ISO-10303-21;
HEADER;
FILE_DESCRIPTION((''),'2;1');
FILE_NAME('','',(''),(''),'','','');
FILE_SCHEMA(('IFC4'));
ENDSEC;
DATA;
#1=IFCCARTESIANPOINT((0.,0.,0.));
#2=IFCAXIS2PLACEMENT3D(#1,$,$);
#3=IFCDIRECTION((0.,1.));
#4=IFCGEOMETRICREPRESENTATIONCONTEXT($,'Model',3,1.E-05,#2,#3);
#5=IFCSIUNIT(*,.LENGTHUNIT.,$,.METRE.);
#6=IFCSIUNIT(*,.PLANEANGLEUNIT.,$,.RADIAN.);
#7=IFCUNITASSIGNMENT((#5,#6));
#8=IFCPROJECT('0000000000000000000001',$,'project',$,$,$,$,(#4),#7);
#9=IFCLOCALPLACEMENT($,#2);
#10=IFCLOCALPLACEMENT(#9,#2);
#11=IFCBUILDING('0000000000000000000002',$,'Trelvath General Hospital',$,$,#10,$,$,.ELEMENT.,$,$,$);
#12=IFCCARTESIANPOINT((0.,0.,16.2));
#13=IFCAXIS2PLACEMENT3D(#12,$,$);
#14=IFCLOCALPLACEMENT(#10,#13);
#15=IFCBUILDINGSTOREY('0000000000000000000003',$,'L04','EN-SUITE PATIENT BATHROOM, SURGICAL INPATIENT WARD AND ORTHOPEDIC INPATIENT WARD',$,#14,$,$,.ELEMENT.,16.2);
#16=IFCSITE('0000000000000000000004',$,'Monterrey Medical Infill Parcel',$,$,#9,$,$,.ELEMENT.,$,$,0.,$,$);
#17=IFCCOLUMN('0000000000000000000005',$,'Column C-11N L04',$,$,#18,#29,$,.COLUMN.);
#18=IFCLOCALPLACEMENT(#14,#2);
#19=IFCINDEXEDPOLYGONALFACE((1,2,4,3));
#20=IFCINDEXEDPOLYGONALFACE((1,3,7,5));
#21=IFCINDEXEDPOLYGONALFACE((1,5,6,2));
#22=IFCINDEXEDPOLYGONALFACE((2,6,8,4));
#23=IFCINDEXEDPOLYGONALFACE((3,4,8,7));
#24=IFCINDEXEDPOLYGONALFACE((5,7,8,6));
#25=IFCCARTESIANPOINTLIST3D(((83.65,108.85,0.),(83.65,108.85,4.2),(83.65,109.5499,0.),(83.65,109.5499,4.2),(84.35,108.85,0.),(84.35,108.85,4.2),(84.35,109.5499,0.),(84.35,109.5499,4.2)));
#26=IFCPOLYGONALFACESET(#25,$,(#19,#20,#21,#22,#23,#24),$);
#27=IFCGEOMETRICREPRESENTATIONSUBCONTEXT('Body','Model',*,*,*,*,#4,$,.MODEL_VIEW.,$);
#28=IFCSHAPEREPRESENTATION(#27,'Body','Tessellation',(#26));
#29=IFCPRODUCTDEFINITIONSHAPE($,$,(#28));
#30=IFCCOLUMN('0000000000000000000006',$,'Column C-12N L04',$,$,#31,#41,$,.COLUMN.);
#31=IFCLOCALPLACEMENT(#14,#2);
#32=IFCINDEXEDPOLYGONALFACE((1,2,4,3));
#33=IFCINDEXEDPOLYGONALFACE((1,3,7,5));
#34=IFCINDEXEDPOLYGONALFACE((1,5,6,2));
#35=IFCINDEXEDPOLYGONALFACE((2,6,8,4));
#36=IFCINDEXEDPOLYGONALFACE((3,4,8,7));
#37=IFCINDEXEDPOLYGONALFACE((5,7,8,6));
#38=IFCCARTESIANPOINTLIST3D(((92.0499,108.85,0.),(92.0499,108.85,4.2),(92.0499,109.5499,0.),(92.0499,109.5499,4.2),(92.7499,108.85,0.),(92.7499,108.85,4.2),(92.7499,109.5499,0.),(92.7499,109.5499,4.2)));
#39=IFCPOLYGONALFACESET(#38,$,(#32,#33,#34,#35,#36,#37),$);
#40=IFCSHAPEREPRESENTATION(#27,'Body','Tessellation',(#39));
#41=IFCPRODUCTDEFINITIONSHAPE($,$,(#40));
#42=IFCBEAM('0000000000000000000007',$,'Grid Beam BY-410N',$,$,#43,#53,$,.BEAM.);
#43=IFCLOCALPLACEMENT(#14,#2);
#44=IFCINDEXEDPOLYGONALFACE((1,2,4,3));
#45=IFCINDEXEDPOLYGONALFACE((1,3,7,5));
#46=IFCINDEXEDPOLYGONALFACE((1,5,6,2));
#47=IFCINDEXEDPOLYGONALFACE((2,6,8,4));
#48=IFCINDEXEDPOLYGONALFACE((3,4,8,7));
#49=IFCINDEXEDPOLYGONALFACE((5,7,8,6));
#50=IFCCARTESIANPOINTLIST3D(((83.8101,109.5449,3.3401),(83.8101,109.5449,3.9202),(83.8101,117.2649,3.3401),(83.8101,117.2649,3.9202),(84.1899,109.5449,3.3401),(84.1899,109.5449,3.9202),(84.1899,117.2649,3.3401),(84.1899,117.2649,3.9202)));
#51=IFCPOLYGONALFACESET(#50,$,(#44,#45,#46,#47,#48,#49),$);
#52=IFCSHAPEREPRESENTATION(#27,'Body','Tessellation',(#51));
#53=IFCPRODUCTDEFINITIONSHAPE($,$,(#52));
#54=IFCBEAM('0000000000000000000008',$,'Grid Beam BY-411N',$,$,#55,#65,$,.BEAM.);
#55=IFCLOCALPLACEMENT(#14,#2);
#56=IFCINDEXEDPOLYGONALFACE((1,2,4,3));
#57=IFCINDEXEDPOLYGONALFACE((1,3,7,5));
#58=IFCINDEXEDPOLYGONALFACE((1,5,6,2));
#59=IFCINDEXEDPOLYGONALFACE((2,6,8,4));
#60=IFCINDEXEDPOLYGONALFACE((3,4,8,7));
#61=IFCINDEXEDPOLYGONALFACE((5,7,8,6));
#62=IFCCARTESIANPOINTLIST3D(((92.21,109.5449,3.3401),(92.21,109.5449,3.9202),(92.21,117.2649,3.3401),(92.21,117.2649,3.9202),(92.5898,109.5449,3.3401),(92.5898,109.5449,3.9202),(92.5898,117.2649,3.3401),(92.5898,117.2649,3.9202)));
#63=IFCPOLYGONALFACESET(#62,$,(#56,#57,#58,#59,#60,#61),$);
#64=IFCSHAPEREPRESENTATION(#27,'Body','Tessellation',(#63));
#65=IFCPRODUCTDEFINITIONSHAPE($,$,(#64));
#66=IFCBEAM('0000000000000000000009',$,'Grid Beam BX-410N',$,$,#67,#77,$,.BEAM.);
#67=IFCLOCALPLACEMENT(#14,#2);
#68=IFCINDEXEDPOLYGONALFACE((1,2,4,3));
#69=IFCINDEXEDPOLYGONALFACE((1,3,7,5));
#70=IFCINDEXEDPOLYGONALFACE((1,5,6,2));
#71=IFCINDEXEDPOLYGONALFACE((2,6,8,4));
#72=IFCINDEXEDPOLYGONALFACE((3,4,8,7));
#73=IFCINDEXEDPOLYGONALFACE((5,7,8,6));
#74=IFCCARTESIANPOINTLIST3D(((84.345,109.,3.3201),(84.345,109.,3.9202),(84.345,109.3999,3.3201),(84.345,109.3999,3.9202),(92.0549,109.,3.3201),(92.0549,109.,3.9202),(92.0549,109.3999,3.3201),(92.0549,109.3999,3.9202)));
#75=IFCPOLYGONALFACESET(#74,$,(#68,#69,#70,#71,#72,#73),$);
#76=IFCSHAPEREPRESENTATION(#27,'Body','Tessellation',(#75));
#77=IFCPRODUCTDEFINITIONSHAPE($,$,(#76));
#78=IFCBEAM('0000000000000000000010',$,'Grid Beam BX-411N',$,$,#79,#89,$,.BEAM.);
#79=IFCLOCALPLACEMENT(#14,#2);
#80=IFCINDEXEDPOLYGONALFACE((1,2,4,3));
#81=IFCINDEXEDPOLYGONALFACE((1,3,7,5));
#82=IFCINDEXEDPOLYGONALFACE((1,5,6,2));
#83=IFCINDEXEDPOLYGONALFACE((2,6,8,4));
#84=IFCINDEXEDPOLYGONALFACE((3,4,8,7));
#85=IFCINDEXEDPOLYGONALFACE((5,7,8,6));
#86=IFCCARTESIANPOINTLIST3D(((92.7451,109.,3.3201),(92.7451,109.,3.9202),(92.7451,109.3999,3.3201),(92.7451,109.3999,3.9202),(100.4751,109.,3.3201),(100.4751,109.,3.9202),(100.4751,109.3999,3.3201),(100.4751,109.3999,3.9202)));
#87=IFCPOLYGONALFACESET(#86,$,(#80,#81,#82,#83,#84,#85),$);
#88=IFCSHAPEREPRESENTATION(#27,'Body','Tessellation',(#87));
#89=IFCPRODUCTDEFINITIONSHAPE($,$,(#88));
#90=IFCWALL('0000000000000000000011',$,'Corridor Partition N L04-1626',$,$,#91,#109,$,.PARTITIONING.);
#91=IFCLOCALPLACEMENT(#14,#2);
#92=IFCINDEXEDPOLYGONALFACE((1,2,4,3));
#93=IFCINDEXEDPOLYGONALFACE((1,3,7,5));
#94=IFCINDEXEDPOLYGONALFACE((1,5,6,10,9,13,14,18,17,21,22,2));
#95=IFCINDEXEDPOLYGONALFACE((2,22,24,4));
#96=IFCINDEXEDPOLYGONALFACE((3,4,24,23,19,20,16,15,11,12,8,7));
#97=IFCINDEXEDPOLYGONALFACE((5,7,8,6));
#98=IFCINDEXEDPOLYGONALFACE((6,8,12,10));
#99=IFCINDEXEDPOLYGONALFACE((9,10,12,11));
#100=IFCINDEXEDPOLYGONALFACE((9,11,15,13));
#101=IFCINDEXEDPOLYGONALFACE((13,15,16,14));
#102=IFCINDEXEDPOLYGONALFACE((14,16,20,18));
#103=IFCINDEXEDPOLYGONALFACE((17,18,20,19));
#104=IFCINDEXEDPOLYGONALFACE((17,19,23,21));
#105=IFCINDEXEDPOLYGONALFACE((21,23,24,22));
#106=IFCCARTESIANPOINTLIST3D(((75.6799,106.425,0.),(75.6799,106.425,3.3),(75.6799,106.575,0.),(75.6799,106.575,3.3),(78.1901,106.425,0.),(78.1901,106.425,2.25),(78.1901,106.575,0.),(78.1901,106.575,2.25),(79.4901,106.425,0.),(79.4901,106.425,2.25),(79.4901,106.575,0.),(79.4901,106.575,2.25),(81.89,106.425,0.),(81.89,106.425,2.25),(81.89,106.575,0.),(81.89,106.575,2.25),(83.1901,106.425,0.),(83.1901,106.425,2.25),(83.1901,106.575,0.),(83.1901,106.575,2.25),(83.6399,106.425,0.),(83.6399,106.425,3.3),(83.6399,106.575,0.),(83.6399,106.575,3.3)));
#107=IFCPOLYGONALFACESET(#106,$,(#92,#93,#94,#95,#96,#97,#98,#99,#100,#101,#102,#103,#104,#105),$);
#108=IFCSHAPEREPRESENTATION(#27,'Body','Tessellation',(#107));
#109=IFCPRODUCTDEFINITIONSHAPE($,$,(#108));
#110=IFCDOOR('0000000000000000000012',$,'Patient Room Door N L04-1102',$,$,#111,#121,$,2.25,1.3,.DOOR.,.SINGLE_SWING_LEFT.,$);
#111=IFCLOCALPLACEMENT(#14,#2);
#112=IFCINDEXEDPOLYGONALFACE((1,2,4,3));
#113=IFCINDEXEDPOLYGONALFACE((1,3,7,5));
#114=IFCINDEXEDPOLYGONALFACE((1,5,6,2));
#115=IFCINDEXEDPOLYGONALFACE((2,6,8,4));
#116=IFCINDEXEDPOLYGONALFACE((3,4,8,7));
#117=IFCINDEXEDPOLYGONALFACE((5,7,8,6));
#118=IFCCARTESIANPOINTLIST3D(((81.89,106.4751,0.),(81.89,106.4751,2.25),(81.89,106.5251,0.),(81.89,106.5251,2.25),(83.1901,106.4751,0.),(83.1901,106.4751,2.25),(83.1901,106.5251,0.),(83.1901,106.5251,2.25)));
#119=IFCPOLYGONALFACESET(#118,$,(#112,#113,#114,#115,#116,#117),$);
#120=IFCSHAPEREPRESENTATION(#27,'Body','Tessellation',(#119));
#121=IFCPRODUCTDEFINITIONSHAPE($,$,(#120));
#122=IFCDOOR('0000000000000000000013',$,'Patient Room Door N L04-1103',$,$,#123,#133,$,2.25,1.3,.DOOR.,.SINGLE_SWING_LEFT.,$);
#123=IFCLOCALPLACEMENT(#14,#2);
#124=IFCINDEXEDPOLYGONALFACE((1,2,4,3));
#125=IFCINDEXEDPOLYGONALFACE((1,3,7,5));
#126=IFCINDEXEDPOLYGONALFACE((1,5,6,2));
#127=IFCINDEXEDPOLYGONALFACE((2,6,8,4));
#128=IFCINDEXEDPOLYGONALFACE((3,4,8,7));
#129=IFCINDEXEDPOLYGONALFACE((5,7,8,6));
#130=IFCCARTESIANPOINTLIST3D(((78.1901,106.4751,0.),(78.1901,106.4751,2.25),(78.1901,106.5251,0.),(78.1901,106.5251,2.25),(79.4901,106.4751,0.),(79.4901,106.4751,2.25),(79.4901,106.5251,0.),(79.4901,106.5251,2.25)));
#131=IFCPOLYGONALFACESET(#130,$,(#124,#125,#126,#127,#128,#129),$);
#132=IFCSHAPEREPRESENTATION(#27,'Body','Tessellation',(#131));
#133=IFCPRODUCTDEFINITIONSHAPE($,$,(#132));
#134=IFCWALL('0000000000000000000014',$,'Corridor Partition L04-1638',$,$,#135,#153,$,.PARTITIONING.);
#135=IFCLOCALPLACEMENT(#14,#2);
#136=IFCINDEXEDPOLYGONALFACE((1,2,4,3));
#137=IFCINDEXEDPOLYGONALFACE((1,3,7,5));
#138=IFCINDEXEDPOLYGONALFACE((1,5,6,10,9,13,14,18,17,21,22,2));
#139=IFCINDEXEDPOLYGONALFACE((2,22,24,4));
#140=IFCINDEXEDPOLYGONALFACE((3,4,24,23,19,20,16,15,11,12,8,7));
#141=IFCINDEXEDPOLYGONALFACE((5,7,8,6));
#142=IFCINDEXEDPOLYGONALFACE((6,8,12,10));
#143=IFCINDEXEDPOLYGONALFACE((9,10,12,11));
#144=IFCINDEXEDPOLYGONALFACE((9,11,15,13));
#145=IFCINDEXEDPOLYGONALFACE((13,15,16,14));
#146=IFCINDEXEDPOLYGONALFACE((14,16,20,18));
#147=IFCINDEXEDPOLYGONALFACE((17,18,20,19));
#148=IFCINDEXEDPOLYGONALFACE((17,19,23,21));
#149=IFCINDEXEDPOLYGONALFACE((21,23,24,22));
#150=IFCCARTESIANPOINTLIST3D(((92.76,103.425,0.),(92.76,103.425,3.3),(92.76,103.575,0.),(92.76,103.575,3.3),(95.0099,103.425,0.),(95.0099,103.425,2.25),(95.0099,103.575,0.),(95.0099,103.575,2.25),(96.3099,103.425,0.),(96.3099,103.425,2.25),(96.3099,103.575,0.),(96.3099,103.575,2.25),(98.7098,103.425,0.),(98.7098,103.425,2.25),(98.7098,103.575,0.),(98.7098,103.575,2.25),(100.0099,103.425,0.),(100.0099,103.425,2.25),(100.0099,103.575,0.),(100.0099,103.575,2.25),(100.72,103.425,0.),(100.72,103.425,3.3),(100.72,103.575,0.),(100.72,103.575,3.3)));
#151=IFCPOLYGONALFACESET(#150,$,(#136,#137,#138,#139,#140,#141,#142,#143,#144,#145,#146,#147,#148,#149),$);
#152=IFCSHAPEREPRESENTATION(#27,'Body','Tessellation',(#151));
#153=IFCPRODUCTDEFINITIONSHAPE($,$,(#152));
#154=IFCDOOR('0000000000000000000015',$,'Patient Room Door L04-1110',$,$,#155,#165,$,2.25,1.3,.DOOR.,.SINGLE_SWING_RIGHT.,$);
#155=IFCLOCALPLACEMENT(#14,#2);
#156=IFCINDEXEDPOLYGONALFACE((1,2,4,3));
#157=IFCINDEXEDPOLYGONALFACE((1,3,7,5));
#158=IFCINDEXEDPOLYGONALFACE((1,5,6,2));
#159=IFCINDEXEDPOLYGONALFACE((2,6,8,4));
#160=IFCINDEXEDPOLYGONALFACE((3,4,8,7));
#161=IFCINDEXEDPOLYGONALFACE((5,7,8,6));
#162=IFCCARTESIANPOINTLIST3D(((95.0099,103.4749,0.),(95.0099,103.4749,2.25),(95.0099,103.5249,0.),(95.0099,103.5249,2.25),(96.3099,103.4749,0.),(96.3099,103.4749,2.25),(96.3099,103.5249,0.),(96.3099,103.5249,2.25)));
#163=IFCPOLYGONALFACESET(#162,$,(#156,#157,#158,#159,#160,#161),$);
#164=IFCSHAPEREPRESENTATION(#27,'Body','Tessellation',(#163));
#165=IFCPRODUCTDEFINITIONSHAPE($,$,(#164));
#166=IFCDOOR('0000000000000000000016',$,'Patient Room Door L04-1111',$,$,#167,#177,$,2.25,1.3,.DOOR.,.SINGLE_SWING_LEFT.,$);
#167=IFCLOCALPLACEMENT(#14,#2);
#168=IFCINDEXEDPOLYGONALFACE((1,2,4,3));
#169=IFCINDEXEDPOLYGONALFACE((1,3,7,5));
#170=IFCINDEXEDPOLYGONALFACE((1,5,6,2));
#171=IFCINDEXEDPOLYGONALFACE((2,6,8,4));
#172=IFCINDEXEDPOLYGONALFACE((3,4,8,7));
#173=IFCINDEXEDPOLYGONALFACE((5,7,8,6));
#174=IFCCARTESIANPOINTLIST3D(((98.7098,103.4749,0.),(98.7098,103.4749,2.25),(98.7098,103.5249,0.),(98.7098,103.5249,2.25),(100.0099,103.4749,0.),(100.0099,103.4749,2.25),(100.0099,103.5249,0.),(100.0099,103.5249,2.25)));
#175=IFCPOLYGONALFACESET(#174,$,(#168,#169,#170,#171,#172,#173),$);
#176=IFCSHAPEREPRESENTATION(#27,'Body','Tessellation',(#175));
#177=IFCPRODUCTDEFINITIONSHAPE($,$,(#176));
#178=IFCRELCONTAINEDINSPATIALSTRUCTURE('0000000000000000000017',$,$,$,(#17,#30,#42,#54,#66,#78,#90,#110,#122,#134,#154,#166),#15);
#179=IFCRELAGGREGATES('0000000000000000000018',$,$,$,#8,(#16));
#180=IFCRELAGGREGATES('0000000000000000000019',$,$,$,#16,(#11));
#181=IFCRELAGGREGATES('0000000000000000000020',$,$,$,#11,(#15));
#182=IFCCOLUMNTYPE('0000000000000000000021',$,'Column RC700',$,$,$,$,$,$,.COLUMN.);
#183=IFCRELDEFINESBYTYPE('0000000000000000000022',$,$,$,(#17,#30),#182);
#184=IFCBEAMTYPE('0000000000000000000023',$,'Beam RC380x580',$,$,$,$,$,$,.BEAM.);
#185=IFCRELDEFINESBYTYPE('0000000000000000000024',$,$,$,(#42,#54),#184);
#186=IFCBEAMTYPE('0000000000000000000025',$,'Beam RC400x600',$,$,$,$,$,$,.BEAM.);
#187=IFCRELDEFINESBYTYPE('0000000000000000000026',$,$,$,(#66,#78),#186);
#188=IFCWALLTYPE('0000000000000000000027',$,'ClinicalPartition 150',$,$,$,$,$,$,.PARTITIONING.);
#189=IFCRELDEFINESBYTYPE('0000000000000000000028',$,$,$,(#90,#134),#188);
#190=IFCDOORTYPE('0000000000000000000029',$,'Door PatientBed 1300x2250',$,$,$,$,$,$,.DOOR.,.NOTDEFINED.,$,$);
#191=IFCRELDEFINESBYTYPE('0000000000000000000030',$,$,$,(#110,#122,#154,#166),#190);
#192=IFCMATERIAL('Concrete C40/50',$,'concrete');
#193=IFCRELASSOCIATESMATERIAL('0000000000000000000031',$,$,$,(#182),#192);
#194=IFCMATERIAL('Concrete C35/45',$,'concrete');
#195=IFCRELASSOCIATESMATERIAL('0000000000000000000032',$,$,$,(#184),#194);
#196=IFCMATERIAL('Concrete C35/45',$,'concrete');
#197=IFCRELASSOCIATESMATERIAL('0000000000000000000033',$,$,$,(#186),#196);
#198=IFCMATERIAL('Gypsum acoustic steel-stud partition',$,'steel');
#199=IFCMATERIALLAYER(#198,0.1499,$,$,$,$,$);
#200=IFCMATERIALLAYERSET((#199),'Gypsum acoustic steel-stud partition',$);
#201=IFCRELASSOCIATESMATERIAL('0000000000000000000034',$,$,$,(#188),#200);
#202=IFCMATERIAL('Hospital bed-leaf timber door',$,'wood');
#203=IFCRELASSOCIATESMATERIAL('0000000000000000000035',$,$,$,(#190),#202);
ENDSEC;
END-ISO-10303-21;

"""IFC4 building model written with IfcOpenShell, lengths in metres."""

from ifc_helpers import new_model, si_unit, direction, frame, frame_2d, origin, origin_2d, place, context, subcontext, project, spatial, rectangle, extrude, material, layer, layer_set, material_profile, profile_set, type_object, element, fill, save


model = new_model("IFC4")

# Units and contexts
model_context = context("Model", 3, precision=1e-05, world=origin(), true_north=direction((0.0, 1.0)))
body_context = subcontext(model_context, "Body", "Model", "MODEL_VIEW")
ifc_project = project(units=[si_unit("LENGTHUNIT", "METRE"), si_unit("PLANEANGLEUNIT", "RADIAN")], contexts=[model_context])

# Site, building, storey
site_placement = place(None, origin())
site = spatial("IfcSite", under=ifc_project, at=site_placement, Name="Monterrey Medical Infill Parcel", CompositionType="ELEMENT", RefElevation=0.0)
building_placement = place(site_placement, origin())
building = spatial("IfcBuilding", under=site, at=building_placement, Name="Trelvath General Hospital", CompositionType="ELEMENT")
storey_placement = place(building_placement, frame((0.0, 0.0, 16.2)))
storey = spatial("IfcBuildingStorey", under=building, at=storey_placement, Name="L04", Description="EN-SUITE PATIENT BATHROOM, SURGICAL INPATIENT WARD AND ORTHOPEDIC INPATIENT WARD", CompositionType="ELEMENT", Elevation=16.2)

# Columns
ifc_material_1 = material(Name="Concrete C40/50", Category="concrete")
ifc_material_profile_1 = material_profile(ifc_material_1, rectangle(XDim=0.7, YDim=0.7, at=origin_2d()), Name="RC700x700")
ifc_profile_set_1 = profile_set([ifc_material_profile_1], Name="Concrete C40/50")
column_type = type_object("IfcColumnType", Name="Column RC700", PredefinedType="COLUMN", material=ifc_profile_set_1)
for number, where, z_axis, x_axis, name in (
    (1, (84.0, 109.2, 0.0), (0.0, 0.0, 1.0), (1.0, 0.0, 0.0), "Column C-11N L04"),
    (2, (92.3999, 109.2, 0.0), (0.0, 0.0, 1.0), (1.0, 0.0, 0.0), "Column C-12N L04"),
):
    element("IfcColumn", number, at=place(storey_placement, frame(where, z_axis=z_axis, x_axis=x_axis)), inside=storey, type_object=column_type, Name=name, PredefinedType="COLUMN", context=body_context, shape_type="SweptSolid", body=[
        extrude(rectangle(XDim=0.7, YDim=0.7, at=origin_2d()), origin(), (0.0, 0.0, 1.0), 4.2),
    ])

# Beams
ifc_material_2 = material(Name="Concrete C35/45", Category="concrete")
ifc_material_profile_2 = material_profile(ifc_material_2, rectangle(XDim=0.3799, YDim=0.5801, at=origin_2d()), Name="RCB380x580")
ifc_profile_set_2 = profile_set([ifc_material_profile_2], Name="Concrete C35/45")
beam_type_1 = type_object("IfcBeamType", Name="Beam RC380x580", PredefinedType="BEAM", material=ifc_profile_set_2)
for number, where, z_axis, x_axis, name in (
    (3, (84.0, 109.5449, 3.6301), (0.0, 1.0, 0.0), (-1.0, 0.0, 0.0), "Grid Beam BY-410N"),
    (4, (92.3999, 109.5449, 3.6301), (0.0, 1.0, 0.0), (-1.0, 0.0, 0.0), "Grid Beam BY-411N"),
):
    element("IfcBeam", number, at=place(storey_placement, frame(where, z_axis=z_axis, x_axis=x_axis)), inside=storey, type_object=beam_type_1, Name=name, PredefinedType="BEAM", context=body_context, shape_type="SweptSolid", body=[
        extrude(rectangle(XDim=0.3799, YDim=0.5801, at=origin_2d()), origin(), (0.0, 0.0, 1.0), 7.72),
    ])
ifc_material_3 = material(Name="Concrete C35/45", Category="concrete")
ifc_material_profile_3 = material_profile(ifc_material_3, rectangle(XDim=0.3999, YDim=0.6001, at=origin_2d()), Name="RCB400x600")
ifc_profile_set_3 = profile_set([ifc_material_profile_3], Name="Concrete C35/45")
beam_type_2 = type_object("IfcBeamType", Name="Beam RC400x600", PredefinedType="BEAM", material=ifc_profile_set_3)
beam_1_placement = place(storey_placement, frame((84.345, 109.2, 3.6201), z_axis=(1.0, 0.0, 0.0), x_axis=(0.0, 1.0, 0.0)))
element("IfcBeam", 5, at=beam_1_placement, inside=storey, type_object=beam_type_2, Name="Grid Beam BX-410N", PredefinedType="BEAM", context=body_context, shape_type="SweptSolid", body=[
    extrude(rectangle(XDim=0.3999, YDim=0.6001, at=origin_2d()), origin(), (0.0, 0.0, 1.0), 7.71),
])
beam_2_placement = place(storey_placement, frame((92.7451, 109.2, 3.6201), z_axis=(1.0, 0.0, 0.0), x_axis=(0.0, 1.0, 0.0)))
element("IfcBeam", 6, at=beam_2_placement, inside=storey, type_object=beam_type_2, Name="Grid Beam BX-411N", PredefinedType="BEAM", context=body_context, shape_type="SweptSolid", body=[
    extrude(rectangle(XDim=0.3999, YDim=0.6001, at=origin_2d()), origin(), (0.0, 0.0, 1.0), 7.73),
])

# Walls, openings, doors
ifc_material_4 = material(Name="Gypsum acoustic steel-stud partition", Category="steel")
ifc_layer_1 = layer(ifc_material_4, 0.1499)
ifc_layer_set_1 = layer_set([ifc_layer_1], Name="Gypsum acoustic steel-stud partition")
wall_type_1 = type_object("IfcWallType", Name="ClinicalPartition 150", PredefinedType="PARTITIONING", material=ifc_layer_set_1)
wall_1_placement = place(storey_placement, frame((83.6399, 106.5, 0.0), z_axis=(0.0, 0.0, 1.0), x_axis=(-1.0, 0.0, 0.0)))
wall_1 = element("IfcWall", 7, at=wall_1_placement, inside=storey, type_object=wall_type_1, Name="Corridor Partition N L04-1626", PredefinedType="PARTITIONING", context=body_context, shape_type="SweptSolid", body=[
    extrude(rectangle(XDim=7.96, YDim=0.1499, at=frame_2d((3.98, 0.0))), origin(), (0.0, 0.0, 1.0), 3.3),
])
opening_1_placement = place(wall_1_placement, frame((0.45, 0.0, 0.0)))
opening_1 = element("IfcOpeningElement", 8, at=opening_1_placement, cuts=wall_1, PredefinedType="OPENING", context=body_context, shape_type="SweptSolid", body=[
    extrude(rectangle(XDim=1.3, YDim=2.25, at=frame_2d((0.6499, 1.125))), frame((0.0, 0.085, 0.0), z_axis=(0.0, -1.0, 0.0), x_axis=(1.0, 0.0, 0.0)), (0.0, 0.0, 1.0), 0.1699),
])
opening_2_placement = place(wall_1_placement, frame((4.1499, 0.0, 0.0)))
opening_2 = element("IfcOpeningElement", 9, at=opening_2_placement, cuts=wall_1, PredefinedType="OPENING", context=body_context, shape_type="SweptSolid", body=[
    extrude(rectangle(XDim=1.3, YDim=2.25, at=frame_2d((0.6499, 1.125))), frame((0.0, 0.085, 0.0), z_axis=(0.0, -1.0, 0.0), x_axis=(1.0, 0.0, 0.0)), (0.0, 0.0, 1.0), 0.1699),
])
ifc_material_5 = material(Name="Hospital bed-leaf timber door", Category="wood")
door_type_1 = type_object("IfcDoorType", Name="Door PatientBed 1300x2250", OperationType="NOTDEFINED", PredefinedType="DOOR", material=ifc_material_5)
door_1_placement = place(opening_1_placement, origin())
door_1 = element("IfcDoor", 10, at=door_1_placement, inside=storey, type_object=door_type_1, Name="Patient Room Door N L04-1102", OperationType="SINGLE_SWING_LEFT", OverallHeight=2.25, OverallWidth=1.3, PredefinedType="DOOR", context=body_context, shape_type="SweptSolid", body=[
    extrude(rectangle(XDim=1.3, YDim=2.25, at=frame_2d((0.6499, 1.125))), frame((0.0, 0.0249, 0.0), z_axis=(0.0, -1.0, 0.0), x_axis=(1.0, 0.0, 0.0)), (0.0, 0.0, 1.0), 0.05),
])
fill(opening_1, door_1)
door_2_placement = place(opening_2_placement, origin())
door_2 = element("IfcDoor", 11, at=door_2_placement, inside=storey, type_object=door_type_1, Name="Patient Room Door N L04-1103", OperationType="SINGLE_SWING_LEFT", OverallHeight=2.25, OverallWidth=1.3, PredefinedType="DOOR", context=body_context, shape_type="SweptSolid", body=[
    extrude(rectangle(XDim=1.3, YDim=2.25, at=frame_2d((0.6499, 1.125))), frame((0.0, 0.0249, 0.0), z_axis=(0.0, -1.0, 0.0), x_axis=(1.0, 0.0, 0.0)), (0.0, 0.0, 1.0), 0.05),
])
fill(opening_2, door_2)
wall_2_placement = place(storey_placement, frame((92.76, 103.5, 0.0), z_axis=(0.0, 0.0, 1.0), x_axis=(1.0, 0.0, 0.0)))
wall_2 = element("IfcWall", 12, at=wall_2_placement, inside=storey, type_object=wall_type_1, Name="Corridor Partition L04-1638", PredefinedType="PARTITIONING", context=body_context, shape_type="SweptSolid", body=[
    extrude(rectangle(XDim=7.96, YDim=0.1499, at=frame_2d((3.98, 0.0))), origin(), (0.0, 0.0, 1.0), 3.3),
])
opening_3_placement = place(wall_2_placement, frame((2.25, 0.0, 0.0)))
opening_3 = element("IfcOpeningElement", 13, at=opening_3_placement, cuts=wall_2, PredefinedType="OPENING", context=body_context, shape_type="SweptSolid", body=[
    extrude(rectangle(XDim=1.3, YDim=2.25, at=frame_2d((0.6499, 1.125))), frame((0.0, 0.085, 0.0), z_axis=(0.0, -1.0, 0.0), x_axis=(1.0, 0.0, 0.0)), (0.0, 0.0, 1.0), 0.1699),
])
opening_4_placement = place(wall_2_placement, frame((5.95, 0.0, 0.0)))
opening_4 = element("IfcOpeningElement", 14, at=opening_4_placement, cuts=wall_2, PredefinedType="OPENING", context=body_context, shape_type="SweptSolid", body=[
    extrude(rectangle(XDim=1.3, YDim=2.25, at=frame_2d((0.6499, 1.125))), frame((0.0, 0.085, 0.0), z_axis=(0.0, -1.0, 0.0), x_axis=(1.0, 0.0, 0.0)), (0.0, 0.0, 1.0), 0.1699),
])
door_3_placement = place(opening_3_placement, origin())
door_3 = element("IfcDoor", 15, at=door_3_placement, inside=storey, type_object=door_type_1, Name="Patient Room Door L04-1110", OperationType="SINGLE_SWING_RIGHT", OverallHeight=2.25, OverallWidth=1.3, PredefinedType="DOOR", context=body_context, shape_type="SweptSolid", body=[
    extrude(rectangle(XDim=1.3, YDim=2.25, at=frame_2d((0.6499, 1.125))), frame((0.0, 0.0249, 0.0), z_axis=(0.0, -1.0, 0.0), x_axis=(1.0, 0.0, 0.0)), (0.0, 0.0, 1.0), 0.05),
])
fill(opening_3, door_3)
door_4_placement = place(opening_4_placement, origin())
door_4 = element("IfcDoor", 16, at=door_4_placement, inside=storey, type_object=door_type_1, Name="Patient Room Door L04-1111", OperationType="SINGLE_SWING_LEFT", OverallHeight=2.25, OverallWidth=1.3, PredefinedType="DOOR", context=body_context, shape_type="SweptSolid", body=[
    extrude(rectangle(XDim=1.3, YDim=2.25, at=frame_2d((0.6499, 1.125))), frame((0.0, 0.0249, 0.0), z_axis=(0.0, -1.0, 0.0), x_axis=(1.0, 0.0, 0.0)), (0.0, 0.0, 1.0), 0.05),
])
fill(opening_4, door_4)

save(model, "model.ifc")
